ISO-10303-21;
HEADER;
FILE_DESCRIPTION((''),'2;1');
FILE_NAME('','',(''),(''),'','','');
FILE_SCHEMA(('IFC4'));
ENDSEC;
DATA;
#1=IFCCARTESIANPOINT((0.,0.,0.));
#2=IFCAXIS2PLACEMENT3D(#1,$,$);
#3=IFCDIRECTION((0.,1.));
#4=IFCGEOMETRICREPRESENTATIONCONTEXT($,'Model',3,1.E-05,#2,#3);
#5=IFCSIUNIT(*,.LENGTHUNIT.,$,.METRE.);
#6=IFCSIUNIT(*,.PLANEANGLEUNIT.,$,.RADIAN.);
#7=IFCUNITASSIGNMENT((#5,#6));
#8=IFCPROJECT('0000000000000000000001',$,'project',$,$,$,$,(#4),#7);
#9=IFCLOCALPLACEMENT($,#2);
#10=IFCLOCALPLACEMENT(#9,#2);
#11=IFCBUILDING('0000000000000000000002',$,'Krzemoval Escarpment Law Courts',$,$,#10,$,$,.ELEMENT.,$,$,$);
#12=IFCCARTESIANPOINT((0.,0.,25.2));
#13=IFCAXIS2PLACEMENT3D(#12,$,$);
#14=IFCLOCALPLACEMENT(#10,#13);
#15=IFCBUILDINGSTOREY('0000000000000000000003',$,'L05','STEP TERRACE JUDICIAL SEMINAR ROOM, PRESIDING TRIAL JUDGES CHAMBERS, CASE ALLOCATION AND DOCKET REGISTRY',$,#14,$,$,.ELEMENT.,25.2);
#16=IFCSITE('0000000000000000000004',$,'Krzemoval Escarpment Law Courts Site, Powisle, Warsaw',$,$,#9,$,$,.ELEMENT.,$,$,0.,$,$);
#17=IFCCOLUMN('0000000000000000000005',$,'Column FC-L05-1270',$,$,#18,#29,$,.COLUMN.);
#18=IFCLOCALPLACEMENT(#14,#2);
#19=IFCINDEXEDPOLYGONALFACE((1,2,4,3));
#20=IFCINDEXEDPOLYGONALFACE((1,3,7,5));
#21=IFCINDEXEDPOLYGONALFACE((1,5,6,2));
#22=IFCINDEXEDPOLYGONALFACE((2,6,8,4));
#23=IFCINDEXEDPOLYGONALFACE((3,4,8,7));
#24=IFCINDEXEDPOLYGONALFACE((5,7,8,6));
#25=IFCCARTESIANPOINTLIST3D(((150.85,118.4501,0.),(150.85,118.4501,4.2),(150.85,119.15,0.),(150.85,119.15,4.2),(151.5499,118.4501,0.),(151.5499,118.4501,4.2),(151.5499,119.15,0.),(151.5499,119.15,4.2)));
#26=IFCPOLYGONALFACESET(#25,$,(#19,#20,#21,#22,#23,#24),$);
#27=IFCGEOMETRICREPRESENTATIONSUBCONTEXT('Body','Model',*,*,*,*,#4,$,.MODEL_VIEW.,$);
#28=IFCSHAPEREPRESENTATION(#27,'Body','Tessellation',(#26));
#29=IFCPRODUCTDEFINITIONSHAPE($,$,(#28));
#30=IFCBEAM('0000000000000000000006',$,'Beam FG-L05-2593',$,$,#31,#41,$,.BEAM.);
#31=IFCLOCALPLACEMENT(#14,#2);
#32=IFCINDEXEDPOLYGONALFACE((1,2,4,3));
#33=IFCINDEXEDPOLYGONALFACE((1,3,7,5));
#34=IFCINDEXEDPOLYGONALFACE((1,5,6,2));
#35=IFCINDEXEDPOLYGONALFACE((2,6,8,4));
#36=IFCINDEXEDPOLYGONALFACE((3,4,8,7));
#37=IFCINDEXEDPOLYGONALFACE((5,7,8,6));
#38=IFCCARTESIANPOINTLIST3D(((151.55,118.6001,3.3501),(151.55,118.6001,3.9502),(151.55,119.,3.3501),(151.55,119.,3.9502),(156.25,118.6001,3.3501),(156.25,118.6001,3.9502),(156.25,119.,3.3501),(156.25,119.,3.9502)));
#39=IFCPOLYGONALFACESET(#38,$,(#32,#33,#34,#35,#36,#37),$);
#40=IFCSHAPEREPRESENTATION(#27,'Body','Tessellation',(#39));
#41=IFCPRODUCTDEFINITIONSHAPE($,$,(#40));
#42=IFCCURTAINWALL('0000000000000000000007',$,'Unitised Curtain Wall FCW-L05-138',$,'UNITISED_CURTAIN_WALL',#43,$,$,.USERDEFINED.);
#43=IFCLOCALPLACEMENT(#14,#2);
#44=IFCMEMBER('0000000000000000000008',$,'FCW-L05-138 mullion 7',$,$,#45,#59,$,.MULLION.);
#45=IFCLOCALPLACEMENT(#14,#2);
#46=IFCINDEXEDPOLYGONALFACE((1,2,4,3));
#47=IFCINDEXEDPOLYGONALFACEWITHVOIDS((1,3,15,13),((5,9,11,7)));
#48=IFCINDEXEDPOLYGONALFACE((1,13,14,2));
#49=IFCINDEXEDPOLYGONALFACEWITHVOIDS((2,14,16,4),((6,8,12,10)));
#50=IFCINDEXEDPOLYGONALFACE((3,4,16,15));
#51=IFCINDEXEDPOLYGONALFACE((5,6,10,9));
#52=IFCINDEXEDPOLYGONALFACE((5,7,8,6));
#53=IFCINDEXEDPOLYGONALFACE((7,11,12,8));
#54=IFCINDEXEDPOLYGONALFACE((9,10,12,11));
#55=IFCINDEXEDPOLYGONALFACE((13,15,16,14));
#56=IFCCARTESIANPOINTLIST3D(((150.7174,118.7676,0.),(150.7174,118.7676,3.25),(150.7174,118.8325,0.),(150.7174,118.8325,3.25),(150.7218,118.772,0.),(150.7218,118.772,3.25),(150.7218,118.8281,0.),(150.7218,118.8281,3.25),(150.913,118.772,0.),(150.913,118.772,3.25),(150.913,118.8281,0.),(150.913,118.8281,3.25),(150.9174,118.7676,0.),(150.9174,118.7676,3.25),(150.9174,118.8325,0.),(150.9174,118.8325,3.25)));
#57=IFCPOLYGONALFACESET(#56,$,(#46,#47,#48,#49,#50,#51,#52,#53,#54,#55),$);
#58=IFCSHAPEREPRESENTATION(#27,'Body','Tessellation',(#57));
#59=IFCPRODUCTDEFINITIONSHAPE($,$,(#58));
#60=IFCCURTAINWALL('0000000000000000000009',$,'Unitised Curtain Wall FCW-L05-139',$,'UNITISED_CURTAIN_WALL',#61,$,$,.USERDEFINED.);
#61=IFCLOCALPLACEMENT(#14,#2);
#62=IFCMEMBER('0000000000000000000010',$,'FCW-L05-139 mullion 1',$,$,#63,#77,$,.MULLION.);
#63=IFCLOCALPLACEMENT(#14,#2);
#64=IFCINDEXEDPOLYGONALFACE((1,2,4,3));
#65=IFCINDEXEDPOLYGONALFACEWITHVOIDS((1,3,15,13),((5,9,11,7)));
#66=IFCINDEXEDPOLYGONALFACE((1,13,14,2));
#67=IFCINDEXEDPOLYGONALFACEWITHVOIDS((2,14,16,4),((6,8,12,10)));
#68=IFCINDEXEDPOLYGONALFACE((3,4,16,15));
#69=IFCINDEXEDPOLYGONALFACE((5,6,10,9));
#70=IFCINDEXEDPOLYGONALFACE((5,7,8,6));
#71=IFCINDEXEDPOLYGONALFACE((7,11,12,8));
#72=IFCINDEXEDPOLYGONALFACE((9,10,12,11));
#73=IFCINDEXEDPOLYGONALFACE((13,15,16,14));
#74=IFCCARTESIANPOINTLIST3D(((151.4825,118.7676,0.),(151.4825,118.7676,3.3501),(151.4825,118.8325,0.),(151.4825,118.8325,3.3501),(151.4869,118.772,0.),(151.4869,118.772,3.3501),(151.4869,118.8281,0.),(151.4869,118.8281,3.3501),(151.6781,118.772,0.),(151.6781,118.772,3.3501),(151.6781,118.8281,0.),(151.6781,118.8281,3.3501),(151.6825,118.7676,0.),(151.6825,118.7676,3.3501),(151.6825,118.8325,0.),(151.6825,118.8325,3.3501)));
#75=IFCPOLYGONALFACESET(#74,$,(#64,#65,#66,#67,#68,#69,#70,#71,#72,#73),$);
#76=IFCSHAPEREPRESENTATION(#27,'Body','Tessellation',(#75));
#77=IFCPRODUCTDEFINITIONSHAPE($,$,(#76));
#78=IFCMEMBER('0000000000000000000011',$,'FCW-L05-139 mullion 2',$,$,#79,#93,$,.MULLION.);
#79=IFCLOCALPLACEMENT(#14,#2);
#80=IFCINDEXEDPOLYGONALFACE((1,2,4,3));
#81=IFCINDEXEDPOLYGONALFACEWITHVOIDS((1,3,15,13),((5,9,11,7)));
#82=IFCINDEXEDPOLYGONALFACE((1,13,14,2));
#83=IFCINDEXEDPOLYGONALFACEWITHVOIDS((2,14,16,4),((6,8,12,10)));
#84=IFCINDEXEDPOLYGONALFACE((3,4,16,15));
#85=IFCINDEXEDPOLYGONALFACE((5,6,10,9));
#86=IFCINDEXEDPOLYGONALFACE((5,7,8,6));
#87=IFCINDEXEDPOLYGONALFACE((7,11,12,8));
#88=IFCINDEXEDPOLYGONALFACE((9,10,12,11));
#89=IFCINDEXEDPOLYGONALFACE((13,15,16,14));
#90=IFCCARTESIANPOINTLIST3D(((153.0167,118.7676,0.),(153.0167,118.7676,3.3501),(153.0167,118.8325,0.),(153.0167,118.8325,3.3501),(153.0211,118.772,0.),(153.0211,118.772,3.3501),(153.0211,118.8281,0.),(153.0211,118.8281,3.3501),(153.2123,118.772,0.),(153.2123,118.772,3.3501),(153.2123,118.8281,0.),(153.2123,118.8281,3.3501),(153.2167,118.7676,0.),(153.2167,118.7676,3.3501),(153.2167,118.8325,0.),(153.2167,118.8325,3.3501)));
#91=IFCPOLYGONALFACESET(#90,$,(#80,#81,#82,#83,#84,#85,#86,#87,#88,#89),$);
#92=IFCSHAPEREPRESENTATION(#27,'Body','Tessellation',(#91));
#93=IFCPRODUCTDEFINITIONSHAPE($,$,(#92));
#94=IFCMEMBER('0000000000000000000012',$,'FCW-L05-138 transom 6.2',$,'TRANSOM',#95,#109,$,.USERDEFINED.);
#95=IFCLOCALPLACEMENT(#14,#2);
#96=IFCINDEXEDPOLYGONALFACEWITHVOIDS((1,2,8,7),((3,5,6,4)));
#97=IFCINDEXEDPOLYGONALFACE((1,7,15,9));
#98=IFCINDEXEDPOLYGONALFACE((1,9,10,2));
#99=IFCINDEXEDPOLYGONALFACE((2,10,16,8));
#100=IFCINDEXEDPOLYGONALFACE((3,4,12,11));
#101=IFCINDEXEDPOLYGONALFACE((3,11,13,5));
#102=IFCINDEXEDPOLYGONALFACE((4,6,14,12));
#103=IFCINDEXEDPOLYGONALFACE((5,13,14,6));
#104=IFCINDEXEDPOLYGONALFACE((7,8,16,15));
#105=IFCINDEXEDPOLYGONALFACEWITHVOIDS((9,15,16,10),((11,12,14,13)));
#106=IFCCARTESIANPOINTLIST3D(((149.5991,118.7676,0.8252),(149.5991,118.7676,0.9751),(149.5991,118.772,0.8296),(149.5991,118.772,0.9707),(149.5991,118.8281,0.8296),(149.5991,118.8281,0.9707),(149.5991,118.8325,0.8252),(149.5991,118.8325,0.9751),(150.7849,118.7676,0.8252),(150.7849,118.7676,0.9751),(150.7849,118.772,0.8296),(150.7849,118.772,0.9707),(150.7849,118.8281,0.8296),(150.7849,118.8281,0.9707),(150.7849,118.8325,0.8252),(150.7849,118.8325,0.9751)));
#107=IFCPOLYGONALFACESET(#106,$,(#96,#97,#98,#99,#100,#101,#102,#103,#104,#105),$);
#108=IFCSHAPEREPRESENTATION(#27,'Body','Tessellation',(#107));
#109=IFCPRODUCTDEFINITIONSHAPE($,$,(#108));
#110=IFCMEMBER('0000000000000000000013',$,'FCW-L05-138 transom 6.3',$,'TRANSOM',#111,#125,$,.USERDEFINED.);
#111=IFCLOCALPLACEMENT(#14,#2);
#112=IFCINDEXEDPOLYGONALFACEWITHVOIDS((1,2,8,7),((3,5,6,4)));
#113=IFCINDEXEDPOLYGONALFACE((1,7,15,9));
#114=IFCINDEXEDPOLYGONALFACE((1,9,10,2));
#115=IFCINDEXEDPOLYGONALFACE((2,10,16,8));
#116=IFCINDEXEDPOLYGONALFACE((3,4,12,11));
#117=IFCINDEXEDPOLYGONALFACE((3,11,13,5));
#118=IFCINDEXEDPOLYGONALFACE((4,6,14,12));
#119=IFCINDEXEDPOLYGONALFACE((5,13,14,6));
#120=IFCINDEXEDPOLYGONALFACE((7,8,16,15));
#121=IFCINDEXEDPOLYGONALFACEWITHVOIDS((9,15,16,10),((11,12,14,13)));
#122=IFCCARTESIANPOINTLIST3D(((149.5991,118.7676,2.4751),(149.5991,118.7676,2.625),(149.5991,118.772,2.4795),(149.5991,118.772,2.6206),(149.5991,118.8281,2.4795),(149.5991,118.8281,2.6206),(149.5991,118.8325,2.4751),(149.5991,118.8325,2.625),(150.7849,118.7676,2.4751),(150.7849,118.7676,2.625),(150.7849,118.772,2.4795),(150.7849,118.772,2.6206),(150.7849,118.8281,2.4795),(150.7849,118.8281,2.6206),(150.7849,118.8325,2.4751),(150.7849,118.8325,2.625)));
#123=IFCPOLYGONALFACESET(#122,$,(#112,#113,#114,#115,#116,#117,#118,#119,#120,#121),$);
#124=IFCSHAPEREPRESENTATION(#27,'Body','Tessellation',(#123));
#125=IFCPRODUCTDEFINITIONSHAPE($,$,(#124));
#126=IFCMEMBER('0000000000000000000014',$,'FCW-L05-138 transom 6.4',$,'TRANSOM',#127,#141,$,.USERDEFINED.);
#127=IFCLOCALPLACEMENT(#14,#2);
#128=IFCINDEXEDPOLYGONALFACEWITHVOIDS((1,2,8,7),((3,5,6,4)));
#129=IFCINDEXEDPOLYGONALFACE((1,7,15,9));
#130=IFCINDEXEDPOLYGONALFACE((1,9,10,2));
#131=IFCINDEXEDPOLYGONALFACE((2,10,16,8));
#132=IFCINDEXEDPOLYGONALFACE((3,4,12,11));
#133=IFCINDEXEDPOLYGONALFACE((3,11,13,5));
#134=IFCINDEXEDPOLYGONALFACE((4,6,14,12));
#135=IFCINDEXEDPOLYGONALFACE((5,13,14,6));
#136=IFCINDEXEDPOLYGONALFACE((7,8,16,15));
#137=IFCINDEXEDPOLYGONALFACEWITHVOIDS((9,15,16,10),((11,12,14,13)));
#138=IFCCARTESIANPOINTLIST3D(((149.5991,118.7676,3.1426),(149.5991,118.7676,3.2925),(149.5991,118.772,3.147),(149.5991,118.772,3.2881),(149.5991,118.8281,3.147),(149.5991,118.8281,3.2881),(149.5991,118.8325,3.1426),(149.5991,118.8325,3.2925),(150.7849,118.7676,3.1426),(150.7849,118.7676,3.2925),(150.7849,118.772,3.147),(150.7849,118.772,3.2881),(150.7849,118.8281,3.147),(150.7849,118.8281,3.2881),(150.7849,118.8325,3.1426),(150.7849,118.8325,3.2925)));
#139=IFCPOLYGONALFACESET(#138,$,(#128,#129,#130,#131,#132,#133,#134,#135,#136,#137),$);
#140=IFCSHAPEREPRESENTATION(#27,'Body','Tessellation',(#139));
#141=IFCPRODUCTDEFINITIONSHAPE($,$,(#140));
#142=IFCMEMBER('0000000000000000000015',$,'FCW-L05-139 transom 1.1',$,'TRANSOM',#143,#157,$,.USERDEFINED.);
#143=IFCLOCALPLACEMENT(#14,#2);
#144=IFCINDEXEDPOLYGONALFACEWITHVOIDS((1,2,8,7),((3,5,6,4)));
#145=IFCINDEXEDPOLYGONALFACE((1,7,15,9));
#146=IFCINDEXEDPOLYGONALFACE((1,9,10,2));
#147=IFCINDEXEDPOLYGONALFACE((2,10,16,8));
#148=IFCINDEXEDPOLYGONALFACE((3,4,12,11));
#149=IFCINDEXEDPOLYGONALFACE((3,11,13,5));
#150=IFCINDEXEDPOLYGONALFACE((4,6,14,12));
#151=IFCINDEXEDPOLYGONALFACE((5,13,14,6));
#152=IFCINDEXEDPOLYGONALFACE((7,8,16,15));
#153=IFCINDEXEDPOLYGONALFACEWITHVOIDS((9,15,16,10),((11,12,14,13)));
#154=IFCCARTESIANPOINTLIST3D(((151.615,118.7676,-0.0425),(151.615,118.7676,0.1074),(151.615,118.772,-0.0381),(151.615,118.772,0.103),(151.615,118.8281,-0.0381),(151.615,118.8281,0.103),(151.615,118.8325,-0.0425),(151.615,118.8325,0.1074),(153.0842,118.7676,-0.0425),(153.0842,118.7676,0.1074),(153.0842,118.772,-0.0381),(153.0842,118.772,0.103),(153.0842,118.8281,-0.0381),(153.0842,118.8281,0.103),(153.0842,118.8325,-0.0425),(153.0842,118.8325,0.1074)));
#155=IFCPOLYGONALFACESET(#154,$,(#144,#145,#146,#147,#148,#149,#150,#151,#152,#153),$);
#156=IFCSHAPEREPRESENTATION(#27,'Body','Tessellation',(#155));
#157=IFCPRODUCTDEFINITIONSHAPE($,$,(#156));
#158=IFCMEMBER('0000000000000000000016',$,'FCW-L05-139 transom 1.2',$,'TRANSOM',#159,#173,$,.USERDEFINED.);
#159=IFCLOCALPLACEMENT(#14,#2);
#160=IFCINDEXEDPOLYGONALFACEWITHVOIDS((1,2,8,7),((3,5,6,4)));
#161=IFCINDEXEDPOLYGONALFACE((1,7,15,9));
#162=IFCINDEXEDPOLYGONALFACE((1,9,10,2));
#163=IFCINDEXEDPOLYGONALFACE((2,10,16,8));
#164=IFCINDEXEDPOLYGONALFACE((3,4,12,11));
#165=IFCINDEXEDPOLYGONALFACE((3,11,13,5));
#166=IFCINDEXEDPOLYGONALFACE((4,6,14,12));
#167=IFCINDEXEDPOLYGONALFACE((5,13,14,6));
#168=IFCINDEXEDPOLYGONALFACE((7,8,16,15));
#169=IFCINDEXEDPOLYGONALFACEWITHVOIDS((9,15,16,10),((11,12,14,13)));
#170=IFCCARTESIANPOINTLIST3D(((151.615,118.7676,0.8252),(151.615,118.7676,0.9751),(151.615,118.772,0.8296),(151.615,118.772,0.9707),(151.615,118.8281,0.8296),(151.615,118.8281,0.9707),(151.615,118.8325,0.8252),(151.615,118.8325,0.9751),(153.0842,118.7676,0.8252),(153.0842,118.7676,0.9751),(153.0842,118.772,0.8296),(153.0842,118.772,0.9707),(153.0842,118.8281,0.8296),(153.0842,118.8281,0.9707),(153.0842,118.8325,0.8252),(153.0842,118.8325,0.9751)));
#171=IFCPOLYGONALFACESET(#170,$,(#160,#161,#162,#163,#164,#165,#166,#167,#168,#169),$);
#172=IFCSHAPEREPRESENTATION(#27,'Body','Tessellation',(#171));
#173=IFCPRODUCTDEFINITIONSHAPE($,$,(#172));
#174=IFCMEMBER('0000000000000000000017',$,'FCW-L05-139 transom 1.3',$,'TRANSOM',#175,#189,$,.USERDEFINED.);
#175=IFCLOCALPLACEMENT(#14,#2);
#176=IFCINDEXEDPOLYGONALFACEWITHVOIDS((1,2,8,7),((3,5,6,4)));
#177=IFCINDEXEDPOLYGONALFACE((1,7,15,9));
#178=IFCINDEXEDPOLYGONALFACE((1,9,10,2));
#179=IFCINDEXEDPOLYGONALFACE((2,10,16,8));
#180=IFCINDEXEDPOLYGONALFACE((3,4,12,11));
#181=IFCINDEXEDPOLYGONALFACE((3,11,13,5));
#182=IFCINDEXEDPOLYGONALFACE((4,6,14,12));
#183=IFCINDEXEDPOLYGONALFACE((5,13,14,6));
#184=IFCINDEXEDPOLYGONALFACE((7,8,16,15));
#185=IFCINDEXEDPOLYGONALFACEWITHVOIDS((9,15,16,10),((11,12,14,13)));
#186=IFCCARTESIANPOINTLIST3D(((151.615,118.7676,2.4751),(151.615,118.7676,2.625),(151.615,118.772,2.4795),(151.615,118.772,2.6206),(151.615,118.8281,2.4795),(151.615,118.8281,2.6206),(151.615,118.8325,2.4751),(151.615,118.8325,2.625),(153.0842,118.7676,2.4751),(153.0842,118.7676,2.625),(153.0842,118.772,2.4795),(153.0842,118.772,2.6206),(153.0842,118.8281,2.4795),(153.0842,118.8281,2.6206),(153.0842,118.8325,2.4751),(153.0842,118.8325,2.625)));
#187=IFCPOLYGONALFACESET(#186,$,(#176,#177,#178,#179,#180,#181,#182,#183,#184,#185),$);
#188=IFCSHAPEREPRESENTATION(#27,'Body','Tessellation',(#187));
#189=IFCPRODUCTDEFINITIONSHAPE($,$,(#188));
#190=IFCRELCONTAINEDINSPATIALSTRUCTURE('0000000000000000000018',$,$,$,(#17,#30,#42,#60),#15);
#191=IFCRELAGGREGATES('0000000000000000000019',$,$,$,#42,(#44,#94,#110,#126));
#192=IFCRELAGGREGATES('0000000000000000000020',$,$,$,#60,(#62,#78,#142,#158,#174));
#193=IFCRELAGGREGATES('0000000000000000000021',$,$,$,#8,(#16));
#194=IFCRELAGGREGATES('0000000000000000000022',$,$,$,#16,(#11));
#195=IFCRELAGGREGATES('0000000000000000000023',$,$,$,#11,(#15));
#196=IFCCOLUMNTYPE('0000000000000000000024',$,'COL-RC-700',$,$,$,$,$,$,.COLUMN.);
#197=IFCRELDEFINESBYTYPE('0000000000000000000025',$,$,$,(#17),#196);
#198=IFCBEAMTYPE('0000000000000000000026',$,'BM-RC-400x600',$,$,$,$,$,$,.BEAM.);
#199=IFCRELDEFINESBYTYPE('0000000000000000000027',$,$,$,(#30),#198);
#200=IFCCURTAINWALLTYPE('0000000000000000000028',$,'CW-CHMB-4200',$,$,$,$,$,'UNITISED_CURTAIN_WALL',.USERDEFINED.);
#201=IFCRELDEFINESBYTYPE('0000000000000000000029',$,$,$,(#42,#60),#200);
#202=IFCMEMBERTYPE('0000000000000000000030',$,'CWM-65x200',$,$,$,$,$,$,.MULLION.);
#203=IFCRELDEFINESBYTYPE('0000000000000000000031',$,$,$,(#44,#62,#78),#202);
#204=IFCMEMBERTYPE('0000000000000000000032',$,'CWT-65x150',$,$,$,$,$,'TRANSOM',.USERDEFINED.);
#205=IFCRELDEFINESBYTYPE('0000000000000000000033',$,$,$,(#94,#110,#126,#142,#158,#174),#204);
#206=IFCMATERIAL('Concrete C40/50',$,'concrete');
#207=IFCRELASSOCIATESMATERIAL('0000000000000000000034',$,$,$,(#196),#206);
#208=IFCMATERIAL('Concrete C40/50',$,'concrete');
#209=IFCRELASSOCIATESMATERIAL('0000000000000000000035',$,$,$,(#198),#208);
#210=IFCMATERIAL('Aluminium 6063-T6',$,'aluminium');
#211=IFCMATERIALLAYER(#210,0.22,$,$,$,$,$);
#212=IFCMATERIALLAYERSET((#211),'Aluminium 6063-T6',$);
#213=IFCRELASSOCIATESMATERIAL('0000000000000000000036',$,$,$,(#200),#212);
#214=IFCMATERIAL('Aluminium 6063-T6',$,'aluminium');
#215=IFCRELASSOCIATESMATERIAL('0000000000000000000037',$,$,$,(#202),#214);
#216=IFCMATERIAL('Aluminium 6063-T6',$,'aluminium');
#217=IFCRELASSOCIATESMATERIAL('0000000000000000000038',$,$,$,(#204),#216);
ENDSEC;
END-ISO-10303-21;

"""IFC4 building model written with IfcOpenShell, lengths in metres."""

from ifc_helpers import new_model, si_unit, direction, frame, origin, origin_2d, place, context, subcontext, project, spatial, rectangle, hollow_rectangle, extrude, material, layer, layer_set, material_profile, profile_set, type_object, element, aggregate, save


model = new_model("IFC4")

# Units and contexts
model_context = context("Model", 3, precision=1e-05, world=origin(), true_north=direction((0.0, 1.0)))
body_context = subcontext(model_context, "Body", "Model", "MODEL_VIEW")
ifc_project = project(units=[si_unit("LENGTHUNIT", "METRE"), si_unit("PLANEANGLEUNIT", "RADIAN")], contexts=[model_context])

# Site, building, storey
site_placement = place(None, origin())
site = spatial("IfcSite", under=ifc_project, at=site_placement, Name="Krzemoval Escarpment Law Courts Site, Powisle, Warsaw", CompositionType="ELEMENT", RefElevation=0.0)
building_placement = place(site_placement, origin())
building = spatial("IfcBuilding", under=site, at=building_placement, Name="Krzemoval Escarpment Law Courts", CompositionType="ELEMENT")
storey_placement = place(building_placement, frame((0.0, 0.0, 25.2)))
storey = spatial("IfcBuildingStorey", under=building, at=storey_placement, Name="L05", Description="STEP TERRACE JUDICIAL SEMINAR ROOM, PRESIDING TRIAL JUDGES CHAMBERS, CASE ALLOCATION AND DOCKET REGISTRY", CompositionType="ELEMENT", Elevation=25.2)

# Column
ifc_material_1 = material(Name="Concrete C40/50", Category="concrete")
ifc_material_profile_1 = material_profile(ifc_material_1, rectangle(XDim=0.7, YDim=0.7, at=origin_2d()), Name="RC 700x700")
ifc_profile_set_1 = profile_set([ifc_material_profile_1], Name="Concrete C40/50")
column_type = type_object("IfcColumnType", Name="COL-RC-700", PredefinedType="COLUMN", material=ifc_profile_set_1)
column_placement = place(storey_placement, frame((151.2, 118.8, 0.0), z_axis=(0.0, 0.0, 1.0), x_axis=(1.0, 0.0, 0.0)))
element("IfcColumn", 1, at=column_placement, inside=storey, type_object=column_type, Name="Column FC-L05-1270", PredefinedType="COLUMN", context=body_context, shape_type="SweptSolid", body=[
    extrude(rectangle(XDim=0.7, YDim=0.7, at=origin_2d()), origin(), (0.0, 0.0, 1.0), 4.2),
])

# Beam
ifc_material_2 = material(Name="Concrete C40/50", Category="concrete")
ifc_material_profile_2 = material_profile(ifc_material_2, rectangle(XDim=0.3999, YDim=0.6001, at=origin_2d()), Name="RCB 400x600")
ifc_profile_set_2 = profile_set([ifc_material_profile_2], Name="Concrete C40/50")
beam_type = type_object("IfcBeamType", Name="BM-RC-400x600", PredefinedType="BEAM", material=ifc_profile_set_2)
beam_placement = place(storey_placement, frame((151.55, 118.8, 3.6501), z_axis=(1.0, 0.0, 0.0), x_axis=(0.0, 1.0, 0.0)))
element("IfcBeam", 2, at=beam_placement, inside=storey, type_object=beam_type, Name="Beam FG-L05-2593", PredefinedType="BEAM", context=body_context, shape_type="SweptSolid", body=[
    extrude(rectangle(XDim=0.3999, YDim=0.6001, at=origin_2d()), origin(), (0.0, 0.0, 1.0), 4.7),
])

# Curtain wall, member
ifc_material_3 = material(Name="Aluminium 6063-T6", Category="aluminium")
ifc_layer_1 = layer(ifc_material_3, 0.22)
ifc_layer_set_1 = layer_set([ifc_layer_1], Name="Aluminium 6063-T6")
curtain_wall_type = type_object("IfcCurtainWallType", Name="CW-CHMB-4200", ElementType="UNITISED_CURTAIN_WALL", PredefinedType="USERDEFINED", material=ifc_layer_set_1)
curtain_wall_1_placement = place(storey_placement, origin())
curtain_wall_1 = element("IfcCurtainWall", 3, at=curtain_wall_1_placement, inside=storey, type_object=curtain_wall_type, Name="Unitised Curtain Wall FCW-L05-138", ObjectType="UNITISED_CURTAIN_WALL", PredefinedType="USERDEFINED")
ifc_material_4 = material(Name="Aluminium 6063-T6", Category="aluminium")
ifc_material_profile_3 = material_profile(ifc_material_4, hollow_rectangle(XDim=0.0649, YDim=0.2, WallThickness=0.0044, at=origin_2d()), Name="ALU M65x200")
ifc_profile_set_3 = profile_set([ifc_material_profile_3], Name="Aluminium 6063-T6")
member_type_1 = type_object("IfcMemberType", Name="CWM-65x200", PredefinedType="MULLION", material=ifc_profile_set_3)
member_1_placement = place(storey_placement, frame((150.8174, 118.8, 0.0), z_axis=(0.0, 0.0, 1.0), x_axis=(0.0, 1.0, 0.0)))
member_1 = element("IfcMember", 4, at=member_1_placement, type_object=member_type_1, Name="FCW-L05-138 mullion 7", PredefinedType="MULLION", context=body_context, shape_type="SweptSolid", body=[
    extrude(hollow_rectangle(XDim=0.0649, YDim=0.2, WallThickness=0.0044, at=origin_2d()), origin(), (0.0, 0.0, 1.0), 3.25),
])

# Curtain wall, members
curtain_wall_2_placement = place(storey_placement, origin())
curtain_wall_2 = element("IfcCurtainWall", 5, at=curtain_wall_2_placement, inside=storey, type_object=curtain_wall_type, Name="Unitised Curtain Wall FCW-L05-139", ObjectType="UNITISED_CURTAIN_WALL", PredefinedType="USERDEFINED")
member_2_placement = place(storey_placement, frame((151.5825, 118.8, 0.0), z_axis=(0.0, 0.0, 1.0), x_axis=(0.0, 1.0, 0.0)))
member_2 = element("IfcMember", 6, at=member_2_placement, type_object=member_type_1, Name="FCW-L05-139 mullion 1", PredefinedType="MULLION", context=body_context, shape_type="SweptSolid", body=[
    extrude(hollow_rectangle(XDim=0.0649, YDim=0.2, WallThickness=0.0044, at=origin_2d()), origin(), (0.0, 0.0, 1.0), 3.3501),
])
member_3_placement = place(storey_placement, frame((153.1167, 118.8, 0.0), z_axis=(0.0, 0.0, 1.0), x_axis=(0.0, 1.0, 0.0)))
member_3 = element("IfcMember", 7, at=member_3_placement, type_object=member_type_1, Name="FCW-L05-139 mullion 2", PredefinedType="MULLION", context=body_context, shape_type="SweptSolid", body=[
    extrude(hollow_rectangle(XDim=0.0649, YDim=0.2, WallThickness=0.0044, at=origin_2d()), origin(), (0.0, 0.0, 1.0), 3.3501),
])

# Members
ifc_material_5 = material(Name="Aluminium 6063-T6", Category="aluminium")
ifc_material_profile_4 = material_profile(ifc_material_5, hollow_rectangle(XDim=0.0649, YDim=0.1499, WallThickness=0.0044, at=origin_2d()), Name="ALU T65x150")
ifc_profile_set_4 = profile_set([ifc_material_profile_4], Name="Aluminium 6063-T6")
member_type_2 = type_object("IfcMemberType", Name="CWT-65x150", ElementType="TRANSOM", PredefinedType="USERDEFINED", material=ifc_profile_set_4)
member_4_placement = place(storey_placement, frame((149.5991, 118.8, 0.9001), z_axis=(1.0, 0.0, 0.0), x_axis=(0.0, 1.0, 0.0)))
member_4 = element("IfcMember", 8, at=member_4_placement, type_object=member_type_2, Name="FCW-L05-138 transom 6.2", ObjectType="TRANSOM", PredefinedType="USERDEFINED", context=body_context, shape_type="SweptSolid", body=[
    extrude(hollow_rectangle(XDim=0.0649, YDim=0.1499, WallThickness=0.0044, at=origin_2d()), origin(), (0.0, 0.0, 1.0), 1.1858),
])
member_5_placement = place(storey_placement, frame((149.5991, 118.8, 2.55), z_axis=(1.0, 0.0, 0.0), x_axis=(0.0, 1.0, 0.0)))
member_5 = element("IfcMember", 9, at=member_5_placement, type_object=member_type_2, Name="FCW-L05-138 transom 6.3", ObjectType="TRANSOM", PredefinedType="USERDEFINED", context=body_context, shape_type="SweptSolid", body=[
    extrude(hollow_rectangle(XDim=0.0649, YDim=0.1499, WallThickness=0.0044, at=origin_2d()), origin(), (0.0, 0.0, 1.0), 1.1858),
])
member_6_placement = place(storey_placement, frame((149.5991, 118.8, 3.2175), z_axis=(1.0, 0.0, 0.0), x_axis=(0.0, 1.0, 0.0)))
member_6 = element("IfcMember", 10, at=member_6_placement, type_object=member_type_2, Name="FCW-L05-138 transom 6.4", ObjectType="TRANSOM", PredefinedType="USERDEFINED", context=body_context, shape_type="SweptSolid", body=[
    extrude(hollow_rectangle(XDim=0.0649, YDim=0.1499, WallThickness=0.0044, at=origin_2d()), origin(), (0.0, 0.0, 1.0), 1.1858),
])
member_7_placement = place(storey_placement, frame((151.615, 118.8, 0.0325), z_axis=(1.0, 0.0, 0.0), x_axis=(0.0, 1.0, 0.0)))
member_7 = element("IfcMember", 11, at=member_7_placement, type_object=member_type_2, Name="FCW-L05-139 transom 1.1", ObjectType="TRANSOM", PredefinedType="USERDEFINED", context=body_context, shape_type="SweptSolid", body=[
    extrude(hollow_rectangle(XDim=0.0649, YDim=0.1499, WallThickness=0.0044, at=origin_2d()), origin(), (0.0, 0.0, 1.0), 1.4692),
])
member_8_placement = place(storey_placement, frame((151.615, 118.8, 0.9001), z_axis=(1.0, 0.0, 0.0), x_axis=(0.0, 1.0, 0.0)))
member_8 = element("IfcMember", 12, at=member_8_placement, type_object=member_type_2, Name="FCW-L05-139 transom 1.2", ObjectType="TRANSOM", PredefinedType="USERDEFINED", context=body_context, shape_type="SweptSolid", body=[
    extrude(hollow_rectangle(XDim=0.0649, YDim=0.1499, WallThickness=0.0044, at=origin_2d()), origin(), (0.0, 0.0, 1.0), 1.4692),
])
member_9_placement = place(storey_placement, frame((151.615, 118.8, 2.55), z_axis=(1.0, 0.0, 0.0), x_axis=(0.0, 1.0, 0.0)))
member_9 = element("IfcMember", 13, at=member_9_placement, type_object=member_type_2, Name="FCW-L05-139 transom 1.3", ObjectType="TRANSOM", PredefinedType="USERDEFINED", context=body_context, shape_type="SweptSolid", body=[
    extrude(hollow_rectangle(XDim=0.0649, YDim=0.1499, WallThickness=0.0044, at=origin_2d()), origin(), (0.0, 0.0, 1.0), 1.4692),
])

aggregate(curtain_wall_1, [member_1, member_4, member_5, member_6])
aggregate(curtain_wall_2, [member_2, member_3, member_7, member_8, member_9])

save(model, "model.ifc")
